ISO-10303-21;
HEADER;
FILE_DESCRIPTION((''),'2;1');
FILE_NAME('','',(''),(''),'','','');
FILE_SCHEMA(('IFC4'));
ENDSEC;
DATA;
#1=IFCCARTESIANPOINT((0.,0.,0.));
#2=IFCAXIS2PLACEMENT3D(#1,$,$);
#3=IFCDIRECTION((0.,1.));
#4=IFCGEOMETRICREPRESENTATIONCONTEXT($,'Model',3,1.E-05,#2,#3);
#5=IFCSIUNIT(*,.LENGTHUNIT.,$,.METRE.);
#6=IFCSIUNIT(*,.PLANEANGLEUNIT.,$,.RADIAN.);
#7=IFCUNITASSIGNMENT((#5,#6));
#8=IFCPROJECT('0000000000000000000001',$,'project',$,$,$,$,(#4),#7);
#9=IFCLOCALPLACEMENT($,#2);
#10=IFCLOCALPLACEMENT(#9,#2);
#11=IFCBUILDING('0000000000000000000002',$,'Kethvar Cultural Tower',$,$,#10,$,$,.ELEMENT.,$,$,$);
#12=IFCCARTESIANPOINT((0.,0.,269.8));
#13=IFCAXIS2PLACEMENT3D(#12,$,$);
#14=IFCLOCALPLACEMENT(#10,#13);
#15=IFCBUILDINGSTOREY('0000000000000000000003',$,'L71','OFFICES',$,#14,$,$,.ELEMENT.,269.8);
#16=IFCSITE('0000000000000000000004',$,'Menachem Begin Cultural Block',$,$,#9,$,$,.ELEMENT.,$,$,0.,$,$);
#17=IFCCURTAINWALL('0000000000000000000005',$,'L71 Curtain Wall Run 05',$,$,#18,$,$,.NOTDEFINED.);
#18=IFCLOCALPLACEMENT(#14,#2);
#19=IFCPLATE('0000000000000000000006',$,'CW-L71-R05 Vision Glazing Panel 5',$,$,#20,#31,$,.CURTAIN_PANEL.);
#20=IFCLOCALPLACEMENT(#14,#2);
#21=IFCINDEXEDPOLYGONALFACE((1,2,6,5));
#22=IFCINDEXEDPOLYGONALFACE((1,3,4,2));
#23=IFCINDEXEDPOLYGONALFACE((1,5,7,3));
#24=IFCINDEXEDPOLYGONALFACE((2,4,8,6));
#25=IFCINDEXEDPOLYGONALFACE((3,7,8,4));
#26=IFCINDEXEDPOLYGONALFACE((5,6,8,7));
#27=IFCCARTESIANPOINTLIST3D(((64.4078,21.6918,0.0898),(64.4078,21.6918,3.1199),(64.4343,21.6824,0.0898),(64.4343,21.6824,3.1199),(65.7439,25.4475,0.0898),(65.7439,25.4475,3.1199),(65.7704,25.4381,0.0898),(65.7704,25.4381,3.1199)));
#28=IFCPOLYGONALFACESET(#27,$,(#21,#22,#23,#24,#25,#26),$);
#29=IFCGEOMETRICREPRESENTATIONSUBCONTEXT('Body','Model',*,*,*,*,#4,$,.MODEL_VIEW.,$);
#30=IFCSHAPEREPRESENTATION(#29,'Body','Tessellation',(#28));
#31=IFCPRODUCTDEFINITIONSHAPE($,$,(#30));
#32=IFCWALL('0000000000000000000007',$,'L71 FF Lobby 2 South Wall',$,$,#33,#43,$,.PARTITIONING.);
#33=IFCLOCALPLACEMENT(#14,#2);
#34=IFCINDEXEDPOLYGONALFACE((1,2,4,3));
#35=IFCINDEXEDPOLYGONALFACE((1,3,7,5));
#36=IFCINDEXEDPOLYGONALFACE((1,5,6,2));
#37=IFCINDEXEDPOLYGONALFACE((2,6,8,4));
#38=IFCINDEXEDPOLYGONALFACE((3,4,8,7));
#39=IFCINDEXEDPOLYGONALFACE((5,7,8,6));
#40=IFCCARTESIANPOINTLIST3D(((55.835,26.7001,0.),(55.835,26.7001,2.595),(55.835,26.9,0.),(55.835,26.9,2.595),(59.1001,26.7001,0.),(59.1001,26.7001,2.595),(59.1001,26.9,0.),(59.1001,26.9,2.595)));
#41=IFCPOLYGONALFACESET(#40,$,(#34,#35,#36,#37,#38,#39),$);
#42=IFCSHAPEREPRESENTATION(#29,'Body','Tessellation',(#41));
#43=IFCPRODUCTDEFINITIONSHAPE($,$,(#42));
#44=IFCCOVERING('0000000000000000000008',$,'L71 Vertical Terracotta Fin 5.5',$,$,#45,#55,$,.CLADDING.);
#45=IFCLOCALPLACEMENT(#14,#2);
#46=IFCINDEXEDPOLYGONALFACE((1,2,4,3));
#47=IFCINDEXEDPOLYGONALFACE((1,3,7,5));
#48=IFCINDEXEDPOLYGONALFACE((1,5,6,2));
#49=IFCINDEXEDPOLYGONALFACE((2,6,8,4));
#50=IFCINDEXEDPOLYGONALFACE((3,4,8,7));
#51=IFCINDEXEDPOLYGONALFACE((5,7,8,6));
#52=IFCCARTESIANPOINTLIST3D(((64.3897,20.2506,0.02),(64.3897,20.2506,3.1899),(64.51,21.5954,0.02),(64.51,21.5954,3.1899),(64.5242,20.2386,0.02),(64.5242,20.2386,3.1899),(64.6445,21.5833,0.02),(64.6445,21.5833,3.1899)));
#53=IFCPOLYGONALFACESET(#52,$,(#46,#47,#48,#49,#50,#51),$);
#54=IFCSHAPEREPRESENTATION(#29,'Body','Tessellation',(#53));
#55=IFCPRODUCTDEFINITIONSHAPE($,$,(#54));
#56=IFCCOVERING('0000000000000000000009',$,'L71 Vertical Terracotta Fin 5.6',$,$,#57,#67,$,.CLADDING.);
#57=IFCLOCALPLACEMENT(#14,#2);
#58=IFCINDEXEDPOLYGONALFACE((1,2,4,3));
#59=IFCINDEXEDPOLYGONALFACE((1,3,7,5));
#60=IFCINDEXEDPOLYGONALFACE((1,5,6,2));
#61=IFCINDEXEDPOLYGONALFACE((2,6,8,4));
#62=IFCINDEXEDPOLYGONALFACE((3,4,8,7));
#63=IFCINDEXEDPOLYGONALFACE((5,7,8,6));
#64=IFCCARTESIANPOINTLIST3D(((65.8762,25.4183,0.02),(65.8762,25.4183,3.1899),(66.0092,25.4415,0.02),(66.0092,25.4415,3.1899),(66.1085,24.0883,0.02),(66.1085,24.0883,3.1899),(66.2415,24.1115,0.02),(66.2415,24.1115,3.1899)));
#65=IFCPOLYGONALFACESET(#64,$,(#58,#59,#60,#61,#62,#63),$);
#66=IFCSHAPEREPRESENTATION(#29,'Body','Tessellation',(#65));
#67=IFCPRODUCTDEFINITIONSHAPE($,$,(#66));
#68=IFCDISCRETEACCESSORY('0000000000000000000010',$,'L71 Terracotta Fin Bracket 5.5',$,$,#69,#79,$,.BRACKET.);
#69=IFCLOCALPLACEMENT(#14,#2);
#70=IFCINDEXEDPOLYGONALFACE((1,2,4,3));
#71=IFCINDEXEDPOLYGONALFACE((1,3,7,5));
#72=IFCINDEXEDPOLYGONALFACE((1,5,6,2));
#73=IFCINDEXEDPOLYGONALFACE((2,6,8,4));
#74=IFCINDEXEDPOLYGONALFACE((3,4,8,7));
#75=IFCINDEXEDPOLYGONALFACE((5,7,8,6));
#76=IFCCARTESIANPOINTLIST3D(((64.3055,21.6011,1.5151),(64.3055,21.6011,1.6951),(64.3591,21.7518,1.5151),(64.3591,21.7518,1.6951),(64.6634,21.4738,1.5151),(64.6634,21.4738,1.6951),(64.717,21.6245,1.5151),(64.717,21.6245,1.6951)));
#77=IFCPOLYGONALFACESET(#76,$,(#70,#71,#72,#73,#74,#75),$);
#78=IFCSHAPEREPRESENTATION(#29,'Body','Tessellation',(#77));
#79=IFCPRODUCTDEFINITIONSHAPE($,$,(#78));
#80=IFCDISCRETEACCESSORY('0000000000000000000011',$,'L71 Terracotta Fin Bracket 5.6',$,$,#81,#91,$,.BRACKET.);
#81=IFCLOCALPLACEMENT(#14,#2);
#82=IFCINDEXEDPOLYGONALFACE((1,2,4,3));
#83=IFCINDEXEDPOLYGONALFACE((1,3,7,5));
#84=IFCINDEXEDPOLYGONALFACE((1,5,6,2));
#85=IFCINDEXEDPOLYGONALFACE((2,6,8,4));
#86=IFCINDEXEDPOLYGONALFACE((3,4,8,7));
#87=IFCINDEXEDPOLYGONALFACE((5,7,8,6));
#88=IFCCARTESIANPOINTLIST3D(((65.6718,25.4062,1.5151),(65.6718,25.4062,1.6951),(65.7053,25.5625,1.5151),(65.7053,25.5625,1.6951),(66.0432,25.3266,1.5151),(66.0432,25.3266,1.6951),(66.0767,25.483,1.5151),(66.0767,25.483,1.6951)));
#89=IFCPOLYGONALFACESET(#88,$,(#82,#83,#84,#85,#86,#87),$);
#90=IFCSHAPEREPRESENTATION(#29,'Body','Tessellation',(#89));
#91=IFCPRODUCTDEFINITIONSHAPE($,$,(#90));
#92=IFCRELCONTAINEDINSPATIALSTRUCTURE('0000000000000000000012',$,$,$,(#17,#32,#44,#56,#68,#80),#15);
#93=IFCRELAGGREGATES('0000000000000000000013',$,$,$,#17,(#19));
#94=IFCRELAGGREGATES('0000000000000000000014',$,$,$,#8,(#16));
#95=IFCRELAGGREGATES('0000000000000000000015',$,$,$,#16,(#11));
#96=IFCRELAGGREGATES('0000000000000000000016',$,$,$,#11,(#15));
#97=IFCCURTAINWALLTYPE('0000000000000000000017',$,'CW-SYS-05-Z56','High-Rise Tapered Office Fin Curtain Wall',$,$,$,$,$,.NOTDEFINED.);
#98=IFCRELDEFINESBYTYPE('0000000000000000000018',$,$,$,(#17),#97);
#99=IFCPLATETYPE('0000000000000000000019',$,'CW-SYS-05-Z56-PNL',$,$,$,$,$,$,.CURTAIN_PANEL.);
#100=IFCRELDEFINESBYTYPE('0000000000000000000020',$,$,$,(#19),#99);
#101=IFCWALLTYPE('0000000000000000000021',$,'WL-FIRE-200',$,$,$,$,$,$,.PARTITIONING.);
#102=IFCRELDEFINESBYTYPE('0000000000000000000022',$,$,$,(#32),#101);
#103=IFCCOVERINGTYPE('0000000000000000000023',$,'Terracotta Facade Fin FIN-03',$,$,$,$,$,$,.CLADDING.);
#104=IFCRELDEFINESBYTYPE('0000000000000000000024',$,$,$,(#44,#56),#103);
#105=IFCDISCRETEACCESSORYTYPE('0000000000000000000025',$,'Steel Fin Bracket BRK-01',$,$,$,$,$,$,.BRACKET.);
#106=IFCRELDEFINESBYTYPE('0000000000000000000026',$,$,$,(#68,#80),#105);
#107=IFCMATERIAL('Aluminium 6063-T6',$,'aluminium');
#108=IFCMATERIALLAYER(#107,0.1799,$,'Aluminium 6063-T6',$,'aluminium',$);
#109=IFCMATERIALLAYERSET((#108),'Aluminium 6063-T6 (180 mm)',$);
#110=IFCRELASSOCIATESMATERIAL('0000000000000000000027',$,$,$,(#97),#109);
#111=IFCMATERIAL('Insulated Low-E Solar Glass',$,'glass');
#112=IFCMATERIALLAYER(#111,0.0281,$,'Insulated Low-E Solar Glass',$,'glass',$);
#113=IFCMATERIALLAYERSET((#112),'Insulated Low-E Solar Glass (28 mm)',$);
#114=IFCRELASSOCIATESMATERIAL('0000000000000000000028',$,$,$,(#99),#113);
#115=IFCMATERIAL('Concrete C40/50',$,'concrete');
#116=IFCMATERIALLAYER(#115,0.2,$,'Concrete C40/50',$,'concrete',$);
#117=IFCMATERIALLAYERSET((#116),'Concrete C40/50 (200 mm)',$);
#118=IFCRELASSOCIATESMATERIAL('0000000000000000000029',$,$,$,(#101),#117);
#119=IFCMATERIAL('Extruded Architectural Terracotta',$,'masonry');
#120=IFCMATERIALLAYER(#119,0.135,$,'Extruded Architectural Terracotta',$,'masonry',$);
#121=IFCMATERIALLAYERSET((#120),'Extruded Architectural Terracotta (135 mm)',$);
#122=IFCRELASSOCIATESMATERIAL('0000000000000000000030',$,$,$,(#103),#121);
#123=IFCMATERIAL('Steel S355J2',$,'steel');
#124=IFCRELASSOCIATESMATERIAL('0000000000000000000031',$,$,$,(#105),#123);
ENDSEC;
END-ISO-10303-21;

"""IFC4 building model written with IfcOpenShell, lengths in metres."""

from ifc_helpers import new_model, si_unit, direction, frame, frame_2d, origin, origin_2d, place, context, subcontext, project, spatial, rectangle, extrude, source, transform, mapped, material, layer, layer_set, type_object, element, aggregate, save


model = new_model("IFC4")

# Units and contexts
model_context = context("Model", 3, precision=1e-05, world=origin(), true_north=direction((0.0, 1.0)))
body_context = subcontext(model_context, "Body", "Model", "MODEL_VIEW")
ifc_project = project(units=[si_unit("LENGTHUNIT", "METRE"), si_unit("PLANEANGLEUNIT", "RADIAN")], contexts=[model_context])

# Site, building, storey
site_placement = place(None, origin())
site = spatial("IfcSite", under=ifc_project, at=site_placement, Name="Menachem Begin Cultural Block", CompositionType="ELEMENT", RefElevation=0.0)
building_placement = place(site_placement, origin())
building = spatial("IfcBuilding", under=site, at=building_placement, Name="Kethvar Cultural Tower", CompositionType="ELEMENT")
storey_placement = place(building_placement, frame((0.0, 0.0, 269.8)))
storey = spatial("IfcBuildingStorey", under=building, at=storey_placement, Name="L71", Description="OFFICES", CompositionType="ELEMENT", Elevation=269.8)

# Shared definitions
ifc_material_1 = material(Name="Steel S355J2", Category="steel")

# Curtain wall, plate
ifc_material_2 = material(Name="Aluminium 6063-T6", Category="aluminium")
ifc_layer_1 = layer(ifc_material_2, 0.1799, Name="Aluminium 6063-T6", Category="aluminium")
ifc_layer_set_1 = layer_set([ifc_layer_1], Name="Aluminium 6063-T6 (180 mm)")
curtain_wall_type = type_object("IfcCurtainWallType", Name="CW-SYS-05-Z56", Description="High-Rise Tapered Office Fin Curtain Wall", PredefinedType="NOTDEFINED", material=ifc_layer_set_1)
curtain_wall_placement = place(storey_placement, origin())
curtain_wall = element("IfcCurtainWall", 1, at=curtain_wall_placement, inside=storey, type_object=curtain_wall_type, Name="L71 Curtain Wall Run 05", PredefinedType="NOTDEFINED")
ifc_material_3 = material(Name="Insulated Low-E Solar Glass", Category="glass")
ifc_layer_2 = layer(ifc_material_3, 0.0281, Name="Insulated Low-E Solar Glass", Category="glass")
ifc_layer_set_2 = layer_set([ifc_layer_2], Name="Insulated Low-E Solar Glass (28 mm)")
plate_type = type_object("IfcPlateType", Name="CW-SYS-05-Z56-PNL", PredefinedType="CURTAIN_PANEL", material=ifc_layer_set_2)
shared_shape_1 = source(origin(), body_context, "Body", "SweptSolid", [
    extrude(rectangle(XDim=3.9863, YDim=0.0281, at=origin_2d()), origin(), (0.0, 0.0, 1.0), 3.03),
])
plate_1_placement = place(storey_placement, frame((65.0891, 23.5649, 0.0898), z_axis=(0.0, 0.0, 1.0), x_axis=(0.335172, 0.942157, 0.0)))
plate_1 = element("IfcPlate", 2, at=plate_1_placement, type_object=plate_type, Name="CW-L71-R05 Vision Glazing Panel 5", PredefinedType="CURTAIN_PANEL", context=body_context, shape_type="MappedRepresentation", body=[
    mapped(shared_shape_1, transform((0.0, 0.0, 0.0), scale=1.0)),
])
aggregate(curtain_wall, [plate_1])

# Shared definitions
ifc_material_4 = material(Name="Concrete C40/50", Category="concrete")
ifc_layer_3 = layer(ifc_material_4, 0.2, Name="Concrete C40/50", Category="concrete")
ifc_layer_set_3 = layer_set([ifc_layer_3], Name="Concrete C40/50 (200 mm)")
wall_type = type_object("IfcWallType", Name="WL-FIRE-200", PredefinedType="PARTITIONING", material=ifc_layer_set_3)

# Wall
wall_1_placement = place(storey_placement, frame((55.835, 26.8, 0.0), z_axis=(0.0, 0.0, 1.0), x_axis=(1.0, 0.0, 0.0)))
element("IfcWall", 3, at=wall_1_placement, inside=storey, type_object=wall_type, Name="L71 FF Lobby 2 South Wall", PredefinedType="PARTITIONING", context=body_context, shape_type="SweptSolid", body=[
    extrude(rectangle(XDim=3.2651, YDim=0.2, at=frame_2d((1.6326, 0.0))), origin(), (0.0, 0.0, 1.0), 2.595),
])

# Coverings
ifc_material_5 = material(Name="Extruded Architectural Terracotta", Category="masonry")
ifc_layer_4 = layer(ifc_material_5, 0.135, Name="Extruded Architectural Terracotta", Category="masonry")
ifc_layer_set_4 = layer_set([ifc_layer_4], Name="Extruded Architectural Terracotta (135 mm)")
covering_type = type_object("IfcCoveringType", Name="Terracotta Facade Fin FIN-03", PredefinedType="CLADDING", material=ifc_layer_set_4)
shared_shape_2 = source(origin(), body_context, "Body", "SweptSolid", [
    extrude(rectangle(XDim=1.3501, YDim=0.135, at=origin_2d()), origin(), (0.0, 0.0, 1.0), 3.1699),
])
for number, where, z_axis, x_axis, name in (
    (4, (64.5171, 20.917, 0.02), (0.0, 0.0, 1.0), (-0.089068, -0.996026, 0.0), "L71 Vertical Terracotta Fin 5.5"),
    (5, (66.0588, 24.7649, 0.02), (0.0, 0.0, 1.0), (0.172101, -0.985079, 0.0), "L71 Vertical Terracotta Fin 5.6"),
):
    element("IfcCovering", number, at=place(storey_placement, frame(where, z_axis=z_axis, x_axis=x_axis)), inside=storey, type_object=covering_type, Name=name, PredefinedType="CLADDING", context=body_context, shape_type="MappedRepresentation", body=[
        mapped(shared_shape_2, transform((0.0, 0.0, 0.0), scale=1.0)),
    ])

# Discrete accessories
discrete_accessory_type = type_object("IfcDiscreteAccessoryType", Name="Steel Fin Bracket BRK-01", PredefinedType="BRACKET", material=ifc_material_1)
shared_shape_3 = source(origin(), body_context, "Body", "SweptSolid", [
    extrude(rectangle(XDim=0.3799, YDim=0.1599, at=origin_2d()), origin(), (0.0, 0.0, 1.0), 0.1799),
])
for number, where, z_axis, x_axis, name in (
    (6, (64.5112, 21.6128, 1.5151), (0.0, 0.0, 1.0), (0.942174, -0.335123, 0.0), "L71 Terracotta Fin Bracket 5.5"),
    (7, (65.8743, 25.4446, 1.5151), (0.0, 0.0, 1.0), (0.97782, -0.209448, 0.0), "L71 Terracotta Fin Bracket 5.6"),
):
    element("IfcDiscreteAccessory", number, at=place(storey_placement, frame(where, z_axis=z_axis, x_axis=x_axis)), inside=storey, type_object=discrete_accessory_type, Name=name, PredefinedType="BRACKET", context=body_context, shape_type="MappedRepresentation", body=[
        mapped(shared_shape_3, transform((0.0, 0.0, 0.0), scale=1.0)),
    ])

save(model, "model.ifc")
